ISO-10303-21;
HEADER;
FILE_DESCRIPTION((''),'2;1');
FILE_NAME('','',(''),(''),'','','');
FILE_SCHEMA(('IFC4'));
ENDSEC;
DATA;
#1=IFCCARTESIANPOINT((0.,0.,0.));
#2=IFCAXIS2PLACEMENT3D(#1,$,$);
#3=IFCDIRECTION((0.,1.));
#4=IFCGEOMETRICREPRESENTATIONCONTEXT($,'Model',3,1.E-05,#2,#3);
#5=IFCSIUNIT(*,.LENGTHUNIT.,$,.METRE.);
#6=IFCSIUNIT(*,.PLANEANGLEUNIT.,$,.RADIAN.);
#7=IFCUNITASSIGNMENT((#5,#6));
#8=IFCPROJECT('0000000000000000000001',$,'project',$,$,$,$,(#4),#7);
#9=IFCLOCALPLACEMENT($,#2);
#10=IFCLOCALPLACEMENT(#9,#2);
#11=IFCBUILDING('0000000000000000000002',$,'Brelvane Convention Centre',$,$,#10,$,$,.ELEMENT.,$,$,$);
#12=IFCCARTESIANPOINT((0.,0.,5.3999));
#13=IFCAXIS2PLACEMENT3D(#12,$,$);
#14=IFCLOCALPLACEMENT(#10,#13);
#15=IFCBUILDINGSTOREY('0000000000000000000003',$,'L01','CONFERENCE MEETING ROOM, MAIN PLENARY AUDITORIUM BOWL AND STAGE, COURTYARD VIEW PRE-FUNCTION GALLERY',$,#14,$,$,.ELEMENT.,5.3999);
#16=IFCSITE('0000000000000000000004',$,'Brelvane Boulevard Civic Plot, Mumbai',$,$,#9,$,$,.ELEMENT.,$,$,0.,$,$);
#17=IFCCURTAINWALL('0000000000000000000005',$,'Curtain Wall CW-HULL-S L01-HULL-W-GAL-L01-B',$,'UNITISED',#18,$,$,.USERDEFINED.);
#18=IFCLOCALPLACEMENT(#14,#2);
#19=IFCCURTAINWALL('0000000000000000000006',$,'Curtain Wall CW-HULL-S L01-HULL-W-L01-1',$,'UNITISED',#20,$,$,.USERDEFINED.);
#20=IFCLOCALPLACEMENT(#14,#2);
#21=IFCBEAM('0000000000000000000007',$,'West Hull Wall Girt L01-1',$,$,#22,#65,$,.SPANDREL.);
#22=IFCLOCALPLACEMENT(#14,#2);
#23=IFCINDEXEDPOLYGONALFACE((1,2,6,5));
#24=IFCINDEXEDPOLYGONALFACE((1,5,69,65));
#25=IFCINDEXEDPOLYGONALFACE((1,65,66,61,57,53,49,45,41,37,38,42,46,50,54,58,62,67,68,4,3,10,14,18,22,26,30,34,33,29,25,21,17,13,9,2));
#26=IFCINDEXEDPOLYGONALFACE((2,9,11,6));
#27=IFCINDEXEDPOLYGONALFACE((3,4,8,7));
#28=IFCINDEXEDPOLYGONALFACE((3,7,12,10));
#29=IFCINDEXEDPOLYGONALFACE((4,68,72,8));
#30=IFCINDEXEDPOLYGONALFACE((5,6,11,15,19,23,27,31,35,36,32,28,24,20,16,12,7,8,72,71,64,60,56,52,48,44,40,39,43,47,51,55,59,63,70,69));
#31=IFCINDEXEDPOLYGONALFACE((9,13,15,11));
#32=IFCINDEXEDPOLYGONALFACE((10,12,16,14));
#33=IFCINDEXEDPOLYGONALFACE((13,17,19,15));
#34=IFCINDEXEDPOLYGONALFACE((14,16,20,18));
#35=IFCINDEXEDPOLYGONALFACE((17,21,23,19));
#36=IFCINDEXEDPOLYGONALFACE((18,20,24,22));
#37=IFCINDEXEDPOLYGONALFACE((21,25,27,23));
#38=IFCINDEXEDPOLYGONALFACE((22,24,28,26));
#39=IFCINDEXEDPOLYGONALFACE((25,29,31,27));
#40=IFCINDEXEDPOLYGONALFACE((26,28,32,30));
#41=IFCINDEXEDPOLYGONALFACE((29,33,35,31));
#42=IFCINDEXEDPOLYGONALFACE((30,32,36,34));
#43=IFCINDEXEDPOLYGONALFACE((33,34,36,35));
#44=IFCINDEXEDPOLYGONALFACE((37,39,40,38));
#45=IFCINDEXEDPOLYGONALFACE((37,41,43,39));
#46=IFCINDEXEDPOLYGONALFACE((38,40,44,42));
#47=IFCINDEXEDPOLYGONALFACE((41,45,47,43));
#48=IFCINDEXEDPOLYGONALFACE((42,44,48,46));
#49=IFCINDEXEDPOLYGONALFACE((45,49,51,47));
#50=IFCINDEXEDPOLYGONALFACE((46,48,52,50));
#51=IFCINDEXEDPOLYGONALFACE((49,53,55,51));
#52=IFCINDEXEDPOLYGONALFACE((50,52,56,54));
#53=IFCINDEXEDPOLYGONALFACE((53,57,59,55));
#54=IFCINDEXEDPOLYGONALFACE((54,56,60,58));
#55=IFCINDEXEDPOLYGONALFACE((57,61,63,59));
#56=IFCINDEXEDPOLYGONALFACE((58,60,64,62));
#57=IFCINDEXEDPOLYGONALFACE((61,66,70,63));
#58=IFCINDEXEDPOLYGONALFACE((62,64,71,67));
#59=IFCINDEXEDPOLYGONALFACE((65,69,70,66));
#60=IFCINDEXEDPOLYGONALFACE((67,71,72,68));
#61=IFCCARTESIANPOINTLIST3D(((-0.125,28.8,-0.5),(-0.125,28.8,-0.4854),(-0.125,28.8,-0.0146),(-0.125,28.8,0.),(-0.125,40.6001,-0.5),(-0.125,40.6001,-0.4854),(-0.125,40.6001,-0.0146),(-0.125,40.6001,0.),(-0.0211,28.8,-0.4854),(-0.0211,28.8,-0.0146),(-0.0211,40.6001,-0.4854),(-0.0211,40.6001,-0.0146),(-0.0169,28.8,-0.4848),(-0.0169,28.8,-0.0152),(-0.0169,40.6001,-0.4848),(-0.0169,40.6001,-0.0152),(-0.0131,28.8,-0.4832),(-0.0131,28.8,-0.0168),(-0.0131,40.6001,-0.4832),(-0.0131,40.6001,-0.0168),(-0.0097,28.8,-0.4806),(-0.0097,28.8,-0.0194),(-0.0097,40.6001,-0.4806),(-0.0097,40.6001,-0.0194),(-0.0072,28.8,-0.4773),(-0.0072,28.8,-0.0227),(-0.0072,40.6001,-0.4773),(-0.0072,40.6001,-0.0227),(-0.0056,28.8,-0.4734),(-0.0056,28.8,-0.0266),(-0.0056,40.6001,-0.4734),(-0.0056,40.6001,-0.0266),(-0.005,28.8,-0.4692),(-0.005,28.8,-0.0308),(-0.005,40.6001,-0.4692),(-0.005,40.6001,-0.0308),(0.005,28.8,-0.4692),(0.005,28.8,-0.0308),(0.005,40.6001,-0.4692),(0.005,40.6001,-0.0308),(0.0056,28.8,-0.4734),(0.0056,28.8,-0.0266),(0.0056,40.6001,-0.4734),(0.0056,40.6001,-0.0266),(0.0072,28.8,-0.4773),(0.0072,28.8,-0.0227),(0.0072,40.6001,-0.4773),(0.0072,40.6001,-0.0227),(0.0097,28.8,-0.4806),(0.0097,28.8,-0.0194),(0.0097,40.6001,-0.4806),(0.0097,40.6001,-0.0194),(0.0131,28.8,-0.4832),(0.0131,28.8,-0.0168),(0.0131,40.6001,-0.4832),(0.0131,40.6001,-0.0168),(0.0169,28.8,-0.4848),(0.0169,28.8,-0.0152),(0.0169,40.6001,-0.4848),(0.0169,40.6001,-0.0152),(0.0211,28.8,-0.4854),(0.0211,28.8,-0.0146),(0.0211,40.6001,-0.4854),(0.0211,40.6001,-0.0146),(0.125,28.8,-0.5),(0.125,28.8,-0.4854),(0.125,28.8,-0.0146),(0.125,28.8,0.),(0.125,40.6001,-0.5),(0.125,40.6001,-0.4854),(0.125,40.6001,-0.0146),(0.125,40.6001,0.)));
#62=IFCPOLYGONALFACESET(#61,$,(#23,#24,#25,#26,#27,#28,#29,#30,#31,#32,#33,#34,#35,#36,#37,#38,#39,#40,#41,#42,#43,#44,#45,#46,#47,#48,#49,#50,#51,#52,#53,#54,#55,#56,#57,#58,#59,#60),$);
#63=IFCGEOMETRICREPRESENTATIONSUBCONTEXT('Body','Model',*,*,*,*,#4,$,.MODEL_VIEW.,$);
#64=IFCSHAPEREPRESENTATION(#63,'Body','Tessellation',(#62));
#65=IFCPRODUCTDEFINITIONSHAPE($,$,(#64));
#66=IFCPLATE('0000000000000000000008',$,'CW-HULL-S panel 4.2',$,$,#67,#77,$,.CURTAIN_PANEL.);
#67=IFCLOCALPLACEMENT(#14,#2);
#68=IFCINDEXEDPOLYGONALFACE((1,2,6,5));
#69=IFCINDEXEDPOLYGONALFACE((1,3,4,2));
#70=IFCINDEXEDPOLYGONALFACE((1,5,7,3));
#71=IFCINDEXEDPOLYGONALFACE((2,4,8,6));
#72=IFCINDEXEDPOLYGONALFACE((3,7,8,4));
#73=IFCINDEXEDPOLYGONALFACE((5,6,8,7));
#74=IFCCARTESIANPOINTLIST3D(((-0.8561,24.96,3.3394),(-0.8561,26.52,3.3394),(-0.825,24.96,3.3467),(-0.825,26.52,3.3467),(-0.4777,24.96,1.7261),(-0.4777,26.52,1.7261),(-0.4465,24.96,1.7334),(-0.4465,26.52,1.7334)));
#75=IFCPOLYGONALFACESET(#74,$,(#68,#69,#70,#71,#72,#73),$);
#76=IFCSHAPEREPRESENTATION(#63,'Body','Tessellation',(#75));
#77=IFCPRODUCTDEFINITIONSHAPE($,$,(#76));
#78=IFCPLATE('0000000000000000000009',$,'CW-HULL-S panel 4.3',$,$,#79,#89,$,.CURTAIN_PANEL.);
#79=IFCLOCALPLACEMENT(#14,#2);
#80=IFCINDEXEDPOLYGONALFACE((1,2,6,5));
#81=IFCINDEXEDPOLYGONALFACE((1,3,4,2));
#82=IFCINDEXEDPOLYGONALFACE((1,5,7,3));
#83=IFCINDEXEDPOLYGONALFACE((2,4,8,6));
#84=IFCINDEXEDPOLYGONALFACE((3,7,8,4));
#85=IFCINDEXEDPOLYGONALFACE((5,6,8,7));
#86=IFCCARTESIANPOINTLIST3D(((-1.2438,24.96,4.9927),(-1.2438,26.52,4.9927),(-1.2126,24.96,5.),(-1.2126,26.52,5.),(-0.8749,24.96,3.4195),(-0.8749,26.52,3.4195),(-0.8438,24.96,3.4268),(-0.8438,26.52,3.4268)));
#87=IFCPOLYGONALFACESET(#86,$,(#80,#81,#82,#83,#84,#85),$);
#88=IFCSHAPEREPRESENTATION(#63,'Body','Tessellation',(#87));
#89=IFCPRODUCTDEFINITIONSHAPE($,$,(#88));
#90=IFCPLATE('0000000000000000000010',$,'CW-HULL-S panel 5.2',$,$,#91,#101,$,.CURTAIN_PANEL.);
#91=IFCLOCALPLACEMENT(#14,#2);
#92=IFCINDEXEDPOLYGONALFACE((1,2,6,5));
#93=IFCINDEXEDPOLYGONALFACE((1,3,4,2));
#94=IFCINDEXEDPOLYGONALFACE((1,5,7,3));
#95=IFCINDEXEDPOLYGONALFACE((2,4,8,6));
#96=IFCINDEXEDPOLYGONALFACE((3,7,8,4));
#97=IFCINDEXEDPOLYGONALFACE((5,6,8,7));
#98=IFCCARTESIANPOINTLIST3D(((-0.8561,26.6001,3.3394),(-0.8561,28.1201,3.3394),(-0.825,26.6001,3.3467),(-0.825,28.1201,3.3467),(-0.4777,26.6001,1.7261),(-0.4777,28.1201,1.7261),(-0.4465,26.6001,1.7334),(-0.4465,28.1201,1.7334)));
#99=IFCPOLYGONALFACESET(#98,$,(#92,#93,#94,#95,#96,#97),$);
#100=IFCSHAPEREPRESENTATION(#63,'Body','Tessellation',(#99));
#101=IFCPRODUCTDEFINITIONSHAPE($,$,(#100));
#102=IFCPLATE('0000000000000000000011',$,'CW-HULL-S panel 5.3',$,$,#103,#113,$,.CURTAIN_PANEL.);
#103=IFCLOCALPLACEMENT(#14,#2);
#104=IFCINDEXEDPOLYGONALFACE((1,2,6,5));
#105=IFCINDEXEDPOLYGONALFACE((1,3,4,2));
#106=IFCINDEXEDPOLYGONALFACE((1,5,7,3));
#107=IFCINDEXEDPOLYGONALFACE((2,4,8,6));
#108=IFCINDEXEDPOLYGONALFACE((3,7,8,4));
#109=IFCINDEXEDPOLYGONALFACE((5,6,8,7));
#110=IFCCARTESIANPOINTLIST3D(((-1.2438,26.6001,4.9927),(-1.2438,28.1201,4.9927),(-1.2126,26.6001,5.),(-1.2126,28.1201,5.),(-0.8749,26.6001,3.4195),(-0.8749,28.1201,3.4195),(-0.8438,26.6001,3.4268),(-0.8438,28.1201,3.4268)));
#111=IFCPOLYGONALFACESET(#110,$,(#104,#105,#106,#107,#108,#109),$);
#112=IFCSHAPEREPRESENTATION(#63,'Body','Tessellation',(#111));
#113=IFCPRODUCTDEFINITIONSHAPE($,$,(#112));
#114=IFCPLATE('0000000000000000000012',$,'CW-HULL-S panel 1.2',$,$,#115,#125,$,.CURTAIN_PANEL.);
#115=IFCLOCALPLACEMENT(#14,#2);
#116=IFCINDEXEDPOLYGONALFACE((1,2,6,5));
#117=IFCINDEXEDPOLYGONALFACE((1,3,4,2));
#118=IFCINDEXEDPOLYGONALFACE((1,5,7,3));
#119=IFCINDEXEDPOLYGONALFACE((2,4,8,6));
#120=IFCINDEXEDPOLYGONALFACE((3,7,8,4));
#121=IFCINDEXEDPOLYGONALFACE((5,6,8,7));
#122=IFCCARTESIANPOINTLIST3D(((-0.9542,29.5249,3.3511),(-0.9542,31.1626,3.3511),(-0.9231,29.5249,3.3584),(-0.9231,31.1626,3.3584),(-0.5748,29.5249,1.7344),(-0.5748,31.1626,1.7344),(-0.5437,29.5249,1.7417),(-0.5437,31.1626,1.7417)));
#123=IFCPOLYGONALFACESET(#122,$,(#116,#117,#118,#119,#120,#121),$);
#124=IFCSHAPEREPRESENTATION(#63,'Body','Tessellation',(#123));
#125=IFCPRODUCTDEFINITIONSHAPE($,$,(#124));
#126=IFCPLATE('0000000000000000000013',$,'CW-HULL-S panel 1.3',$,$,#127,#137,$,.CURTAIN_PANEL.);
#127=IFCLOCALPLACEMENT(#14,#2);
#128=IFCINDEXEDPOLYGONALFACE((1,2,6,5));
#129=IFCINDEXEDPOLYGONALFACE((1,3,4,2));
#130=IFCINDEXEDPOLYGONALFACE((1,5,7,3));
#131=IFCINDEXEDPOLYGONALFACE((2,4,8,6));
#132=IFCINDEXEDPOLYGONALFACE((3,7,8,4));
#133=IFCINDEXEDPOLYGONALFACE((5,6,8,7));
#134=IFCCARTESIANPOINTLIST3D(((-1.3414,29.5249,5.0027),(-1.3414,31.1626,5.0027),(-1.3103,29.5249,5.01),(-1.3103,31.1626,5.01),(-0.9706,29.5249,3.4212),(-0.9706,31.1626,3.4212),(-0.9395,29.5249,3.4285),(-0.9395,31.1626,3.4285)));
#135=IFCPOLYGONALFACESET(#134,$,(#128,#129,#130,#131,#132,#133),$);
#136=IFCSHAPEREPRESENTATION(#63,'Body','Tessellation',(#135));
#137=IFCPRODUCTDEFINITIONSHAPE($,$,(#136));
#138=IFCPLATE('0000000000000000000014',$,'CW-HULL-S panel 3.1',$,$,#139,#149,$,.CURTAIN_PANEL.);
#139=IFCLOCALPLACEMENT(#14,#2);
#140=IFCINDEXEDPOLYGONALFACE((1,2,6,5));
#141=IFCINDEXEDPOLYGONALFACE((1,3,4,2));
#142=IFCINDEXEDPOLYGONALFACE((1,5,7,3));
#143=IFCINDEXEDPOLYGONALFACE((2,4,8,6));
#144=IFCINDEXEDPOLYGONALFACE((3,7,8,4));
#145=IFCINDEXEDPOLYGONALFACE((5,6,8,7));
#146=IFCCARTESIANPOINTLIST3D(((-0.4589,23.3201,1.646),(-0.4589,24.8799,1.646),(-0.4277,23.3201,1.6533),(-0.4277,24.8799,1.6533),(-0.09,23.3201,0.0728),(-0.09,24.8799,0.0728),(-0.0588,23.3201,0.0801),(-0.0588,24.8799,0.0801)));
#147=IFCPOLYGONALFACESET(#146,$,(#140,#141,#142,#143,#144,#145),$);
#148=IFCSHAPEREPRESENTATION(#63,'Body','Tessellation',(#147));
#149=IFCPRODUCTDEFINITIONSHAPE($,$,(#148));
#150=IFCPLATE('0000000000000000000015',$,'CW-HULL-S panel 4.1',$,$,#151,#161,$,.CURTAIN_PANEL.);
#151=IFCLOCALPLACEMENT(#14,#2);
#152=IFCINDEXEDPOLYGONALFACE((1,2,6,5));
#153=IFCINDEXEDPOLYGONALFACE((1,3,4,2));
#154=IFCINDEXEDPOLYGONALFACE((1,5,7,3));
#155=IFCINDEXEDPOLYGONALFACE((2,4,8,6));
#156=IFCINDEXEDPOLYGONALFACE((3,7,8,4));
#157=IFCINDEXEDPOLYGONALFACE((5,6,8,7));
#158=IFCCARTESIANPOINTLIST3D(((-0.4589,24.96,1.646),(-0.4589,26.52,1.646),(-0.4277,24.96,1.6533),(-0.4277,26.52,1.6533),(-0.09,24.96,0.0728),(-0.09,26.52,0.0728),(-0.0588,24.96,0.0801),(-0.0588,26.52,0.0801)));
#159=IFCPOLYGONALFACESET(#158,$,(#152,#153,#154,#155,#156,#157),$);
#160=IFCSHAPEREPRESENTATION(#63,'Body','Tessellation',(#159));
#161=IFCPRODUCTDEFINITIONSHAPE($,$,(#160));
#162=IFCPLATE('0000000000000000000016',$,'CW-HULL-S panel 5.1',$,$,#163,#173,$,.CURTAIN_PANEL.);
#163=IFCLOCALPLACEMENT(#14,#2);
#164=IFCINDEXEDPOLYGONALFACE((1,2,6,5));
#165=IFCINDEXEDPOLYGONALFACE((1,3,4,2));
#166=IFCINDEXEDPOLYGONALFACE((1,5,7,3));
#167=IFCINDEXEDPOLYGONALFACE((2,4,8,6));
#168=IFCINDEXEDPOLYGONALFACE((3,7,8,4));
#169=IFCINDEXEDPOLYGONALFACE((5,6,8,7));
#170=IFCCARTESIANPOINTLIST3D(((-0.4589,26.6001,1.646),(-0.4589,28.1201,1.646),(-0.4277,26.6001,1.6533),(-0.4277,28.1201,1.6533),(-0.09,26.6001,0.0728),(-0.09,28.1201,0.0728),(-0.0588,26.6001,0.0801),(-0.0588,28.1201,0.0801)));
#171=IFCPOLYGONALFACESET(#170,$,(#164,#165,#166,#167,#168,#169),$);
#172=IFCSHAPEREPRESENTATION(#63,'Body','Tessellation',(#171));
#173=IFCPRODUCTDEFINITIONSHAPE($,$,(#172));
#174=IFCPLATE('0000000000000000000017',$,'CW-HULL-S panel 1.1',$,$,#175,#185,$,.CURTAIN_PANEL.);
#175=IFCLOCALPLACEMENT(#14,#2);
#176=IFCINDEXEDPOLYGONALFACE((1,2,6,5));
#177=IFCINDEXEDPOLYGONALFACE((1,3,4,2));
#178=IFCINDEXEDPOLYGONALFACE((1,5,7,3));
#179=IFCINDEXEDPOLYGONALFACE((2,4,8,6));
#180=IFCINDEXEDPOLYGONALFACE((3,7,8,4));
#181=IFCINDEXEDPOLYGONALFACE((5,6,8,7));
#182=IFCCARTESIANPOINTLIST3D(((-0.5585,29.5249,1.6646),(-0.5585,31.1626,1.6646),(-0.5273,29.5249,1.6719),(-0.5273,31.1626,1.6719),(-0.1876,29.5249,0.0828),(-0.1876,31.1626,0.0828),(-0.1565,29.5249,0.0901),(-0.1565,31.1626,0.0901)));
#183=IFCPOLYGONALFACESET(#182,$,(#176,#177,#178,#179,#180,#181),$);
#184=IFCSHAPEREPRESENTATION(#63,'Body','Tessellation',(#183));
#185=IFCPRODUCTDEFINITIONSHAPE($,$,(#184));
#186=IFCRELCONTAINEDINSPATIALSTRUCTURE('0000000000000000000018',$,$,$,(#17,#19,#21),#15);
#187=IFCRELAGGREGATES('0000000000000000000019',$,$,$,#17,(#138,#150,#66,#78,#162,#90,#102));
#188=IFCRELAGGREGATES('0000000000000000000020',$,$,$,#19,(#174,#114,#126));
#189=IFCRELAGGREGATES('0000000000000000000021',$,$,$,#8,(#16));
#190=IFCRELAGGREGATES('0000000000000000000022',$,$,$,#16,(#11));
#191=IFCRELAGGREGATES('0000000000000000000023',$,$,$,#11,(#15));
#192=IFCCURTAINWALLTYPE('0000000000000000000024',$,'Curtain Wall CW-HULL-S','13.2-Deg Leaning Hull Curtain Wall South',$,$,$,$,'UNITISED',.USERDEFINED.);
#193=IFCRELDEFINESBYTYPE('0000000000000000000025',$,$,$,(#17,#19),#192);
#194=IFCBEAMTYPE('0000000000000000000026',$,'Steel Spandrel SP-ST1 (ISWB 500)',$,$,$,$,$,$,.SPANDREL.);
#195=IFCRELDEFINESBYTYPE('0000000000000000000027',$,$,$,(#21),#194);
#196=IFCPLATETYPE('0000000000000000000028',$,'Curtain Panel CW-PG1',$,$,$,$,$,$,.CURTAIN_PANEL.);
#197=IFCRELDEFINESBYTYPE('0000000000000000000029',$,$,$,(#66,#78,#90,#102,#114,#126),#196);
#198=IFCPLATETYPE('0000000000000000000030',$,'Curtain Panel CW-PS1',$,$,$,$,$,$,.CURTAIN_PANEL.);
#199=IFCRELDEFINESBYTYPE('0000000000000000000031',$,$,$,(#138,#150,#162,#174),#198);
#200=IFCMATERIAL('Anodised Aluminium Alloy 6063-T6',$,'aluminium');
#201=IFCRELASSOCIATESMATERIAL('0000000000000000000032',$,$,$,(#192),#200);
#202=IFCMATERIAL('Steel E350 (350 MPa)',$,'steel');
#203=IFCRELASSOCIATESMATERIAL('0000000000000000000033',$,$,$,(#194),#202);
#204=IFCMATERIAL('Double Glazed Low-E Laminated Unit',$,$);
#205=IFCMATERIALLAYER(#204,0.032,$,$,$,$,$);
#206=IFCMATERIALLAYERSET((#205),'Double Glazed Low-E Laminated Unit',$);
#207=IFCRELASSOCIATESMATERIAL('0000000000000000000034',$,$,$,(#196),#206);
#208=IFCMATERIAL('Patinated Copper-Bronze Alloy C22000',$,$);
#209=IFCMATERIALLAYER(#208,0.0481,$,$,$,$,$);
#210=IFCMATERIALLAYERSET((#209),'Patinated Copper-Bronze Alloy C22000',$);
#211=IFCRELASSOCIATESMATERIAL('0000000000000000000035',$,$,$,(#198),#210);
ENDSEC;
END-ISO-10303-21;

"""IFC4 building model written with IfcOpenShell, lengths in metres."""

from ifc_helpers import new_model, si_unit, direction, frame, origin, origin_2d, place, context, subcontext, project, spatial, polyline, i_section, outline, extrude, material, layer, layer_set, material_profile, profile_set, type_object, element, aggregate, save


model = new_model("IFC4")

# Units and contexts
model_context = context("Model", 3, precision=1e-05, world=origin(), true_north=direction((0.0, 1.0)))
body_context = subcontext(model_context, "Body", "Model", "MODEL_VIEW")
ifc_project = project(units=[si_unit("LENGTHUNIT", "METRE"), si_unit("PLANEANGLEUNIT", "RADIAN")], contexts=[model_context])

# Site, building, storey
site_placement = place(None, origin())
site = spatial("IfcSite", under=ifc_project, at=site_placement, Name="Brelvane Boulevard Civic Plot, Mumbai", CompositionType="ELEMENT", RefElevation=0.0)
building_placement = place(site_placement, origin())
building = spatial("IfcBuilding", under=site, at=building_placement, Name="Brelvane Convention Centre", CompositionType="ELEMENT")
storey_placement = place(building_placement, frame((0.0, 0.0, 5.3999)))
storey = spatial("IfcBuildingStorey", under=building, at=storey_placement, Name="L01", Description="CONFERENCE MEETING ROOM, MAIN PLENARY AUDITORIUM BOWL AND STAGE, COURTYARD VIEW PRE-FUNCTION GALLERY", CompositionType="ELEMENT", Elevation=5.3999)

# Curtain wall
ifc_material_1 = material(Name="Anodised Aluminium Alloy 6063-T6", Category="aluminium")
curtain_wall_type = type_object("IfcCurtainWallType", Name="Curtain Wall CW-HULL-S", Description="13.2-Deg Leaning Hull Curtain Wall South", ElementType="UNITISED", PredefinedType="USERDEFINED", material=ifc_material_1)
curtain_wall_1_placement = place(storey_placement, origin())
curtain_wall_1 = element("IfcCurtainWall", 1, at=curtain_wall_1_placement, inside=storey, type_object=curtain_wall_type, Name="Curtain Wall CW-HULL-S L01-HULL-W-GAL-L01-B", ObjectType="UNITISED", PredefinedType="USERDEFINED")

# Curtain wall
curtain_wall_2_placement = place(storey_placement, origin())
curtain_wall_2 = element("IfcCurtainWall", 2, at=curtain_wall_2_placement, inside=storey, type_object=curtain_wall_type, Name="Curtain Wall CW-HULL-S L01-HULL-W-L01-1", ObjectType="UNITISED", PredefinedType="USERDEFINED")

# Beam
ifc_material_2 = material(Name="Steel E350 (350 MPa)", Category="steel")
ifc_material_profile_1 = material_profile(ifc_material_2, i_section(OverallWidth=0.25, OverallDepth=0.5, WebThickness=0.01, FlangeThickness=0.0146, FilletRadius=0.0161, at=origin_2d()), Name="ISWB 500")
ifc_profile_set_1 = profile_set([ifc_material_profile_1], Name="Steel E350 (350 MPa)")
beam_type_1 = type_object("IfcBeamType", Name="Steel Spandrel SP-ST1 (ISWB 500)", PredefinedType="SPANDREL", material=ifc_profile_set_1)
beam_1_placement = place(storey_placement, frame((0.0, 28.8, -0.25), z_axis=(0.0, 1.0, 0.0), x_axis=(-1.0, 0.0, 0.0)))
element("IfcBeam", 3, at=beam_1_placement, inside=storey, type_object=beam_type_1, Name="West Hull Wall Girt L01-1", PredefinedType="SPANDREL", context=body_context, shape_type="SweptSolid", body=[
    extrude(i_section(OverallWidth=0.25, OverallDepth=0.5, WebThickness=0.01, FlangeThickness=0.0146, FilletRadius=0.0161, at=origin_2d()), origin(), (0.0, 0.0, 1.0), 11.8),
])

# Plates
ifc_material_3 = material(Name="Double Glazed Low-E Laminated Unit")
ifc_layer_1 = layer(ifc_material_3, 0.032)
ifc_layer_set_1 = layer_set([ifc_layer_1], Name="Double Glazed Low-E Laminated Unit")
plate_type_1 = type_object("IfcPlateType", Name="Curtain Panel CW-PG1", PredefinedType="CURTAIN_PANEL", material=ifc_layer_set_1)
plate_1_placement = place(storey_placement, frame((-0.4465, 24.96, 1.7334), z_axis=(0.973575, 0.0, 0.228366), x_axis=(0.0, 1.0, 0.0)))
plate_1 = element("IfcPlate", 4, at=plate_1_placement, type_object=plate_type_1, Name="CW-HULL-S panel 4.2", PredefinedType="CURTAIN_PANEL", context=body_context, shape_type="SweptSolid", body=[
    extrude(outline(polyline([(0.0, 0.0), (1.5601, 0.0), (1.5601, 1.6571), (0.0, 1.6571), (0.0, 0.0)])), origin(), (0.0, 0.0, -1.0), 0.032),
])
plate_2_placement = place(storey_placement, frame((-0.8438, 24.96, 3.4268), z_axis=(0.973593, 0.0, 0.22829), x_axis=(0.0, 1.0, 0.0)))
plate_2 = element("IfcPlate", 5, at=plate_2_placement, type_object=plate_type_1, Name="CW-HULL-S panel 4.3", PredefinedType="CURTAIN_PANEL", context=body_context, shape_type="SweptSolid", body=[
    extrude(outline(polyline([(0.0, 0.0), (1.5601, 0.0), (1.5601, 1.6159), (0.0, 1.6159), (0.0, 0.0)])), origin(), (0.0, 0.0, -1.0), 0.032),
])
plate_3_placement = place(storey_placement, frame((-0.4465, 26.6001, 1.7334), z_axis=(0.973575, 0.0, 0.228366), x_axis=(0.0, 1.0, 0.0)))
plate_3 = element("IfcPlate", 6, at=plate_3_placement, type_object=plate_type_1, Name="CW-HULL-S panel 5.2", PredefinedType="CURTAIN_PANEL", context=body_context, shape_type="SweptSolid", body=[
    extrude(outline(polyline([(0.0, 0.0), (1.52, 0.0), (1.52, 1.6571), (0.0, 1.6571), (0.0, 0.0)])), origin(), (0.0, 0.0, -1.0), 0.032),
])
plate_4_placement = place(storey_placement, frame((-0.8438, 26.6001, 3.4268), z_axis=(0.973593, 0.0, 0.22829), x_axis=(0.0, 1.0, 0.0)))
plate_4 = element("IfcPlate", 7, at=plate_4_placement, type_object=plate_type_1, Name="CW-HULL-S panel 5.3", PredefinedType="CURTAIN_PANEL", context=body_context, shape_type="SweptSolid", body=[
    extrude(outline(polyline([(0.0, 0.0), (1.52, 0.0), (1.52, 1.6159), (0.0, 1.6159), (0.0, 0.0)])), origin(), (0.0, 0.0, -1.0), 0.032),
])
plate_5_placement = place(storey_placement, frame((-0.5437, 29.5249, 1.7417), z_axis=(0.973552, 0.0, 0.228466), x_axis=(0.0, 1.0, 0.0)))
plate_5 = element("IfcPlate", 8, at=plate_5_placement, type_object=plate_type_1, Name="CW-HULL-S panel 1.2", PredefinedType="CURTAIN_PANEL", context=body_context, shape_type="SweptSolid", body=[
    extrude(outline(polyline([(0.0, 0.0), (1.6377, 0.0), (1.6377, 1.6606), (0.0, 1.6606), (0.0, 0.0)])), origin(), (0.0, 0.0, -1.0), 0.032),
])
plate_6_placement = place(storey_placement, frame((-0.9395, 29.5249, 3.4285), z_axis=(0.973592, 0.0, 0.228294), x_axis=(0.0, 1.0, 0.0)))
plate_6 = element("IfcPlate", 9, at=plate_6_placement, type_object=plate_type_1, Name="CW-HULL-S panel 1.3", PredefinedType="CURTAIN_PANEL", context=body_context, shape_type="SweptSolid", body=[
    extrude(outline(polyline([(0.0, 0.0), (1.6377, 0.0), (1.6377, 1.6244), (0.0, 1.6244), (0.0, 0.0)])), origin(), (0.0, 0.0, -1.0), 0.032),
])
ifc_material_4 = material(Name="Patinated Copper-Bronze Alloy C22000")
ifc_layer_2 = layer(ifc_material_4, 0.0481)
ifc_layer_set_2 = layer_set([ifc_layer_2], Name="Patinated Copper-Bronze Alloy C22000")
plate_type_2 = type_object("IfcPlateType", Name="Curtain Panel CW-PS1", PredefinedType="CURTAIN_PANEL", material=ifc_layer_set_2)
plate_7_placement = place(storey_placement, frame((-0.0588, 23.3201, 0.0801), z_axis=(0.973593, 0.0, 0.22829), x_axis=(0.0, 1.0, 0.0)))
plate_7 = element("IfcPlate", 10, at=plate_7_placement, type_object=plate_type_2, Name="CW-HULL-S panel 3.1", PredefinedType="CURTAIN_PANEL", context=body_context, shape_type="SweptSolid", body=[
    extrude(outline(polyline([(0.0, 0.0), (1.5598, 0.0), (1.5598, 1.6159), (0.0, 1.6159), (0.0, 0.0)])), origin(), (0.0, 0.0, -1.0), 0.032),
])
plate_8_placement = place(storey_placement, frame((-0.0588, 24.96, 0.0801), z_axis=(0.973593, 0.0, 0.22829), x_axis=(0.0, 1.0, 0.0)))
plate_8 = element("IfcPlate", 11, at=plate_8_placement, type_object=plate_type_2, Name="CW-HULL-S panel 4.1", PredefinedType="CURTAIN_PANEL", context=body_context, shape_type="SweptSolid", body=[
    extrude(outline(polyline([(0.0, 0.0), (1.5601, 0.0), (1.5601, 1.6159), (0.0, 1.6159), (0.0, 0.0)])), origin(), (0.0, 0.0, -1.0), 0.032),
])
plate_9_placement = place(storey_placement, frame((-0.0588, 26.6001, 0.0801), z_axis=(0.973593, 0.0, 0.22829), x_axis=(0.0, 1.0, 0.0)))
plate_9 = element("IfcPlate", 12, at=plate_9_placement, type_object=plate_type_2, Name="CW-HULL-S panel 5.1", PredefinedType="CURTAIN_PANEL", context=body_context, shape_type="SweptSolid", body=[
    extrude(outline(polyline([(0.0, 0.0), (1.52, 0.0), (1.52, 1.6159), (0.0, 1.6159), (0.0, 0.0)])), origin(), (0.0, 0.0, -1.0), 0.032),
])
aggregate(curtain_wall_1, [plate_7, plate_8, plate_1, plate_2, plate_9, plate_3, plate_4])
plate_10_placement = place(storey_placement, frame((-0.1565, 29.5249, 0.0901), z_axis=(0.9736, 0.0, 0.22826), x_axis=(0.0, 1.0, 0.0)))
plate_10 = element("IfcPlate", 13, at=plate_10_placement, type_object=plate_type_2, Name="CW-HULL-S panel 1.1", PredefinedType="CURTAIN_PANEL", context=body_context, shape_type="SweptSolid", body=[
    extrude(outline(polyline([(0.0, 0.0), (1.6377, 0.0), (1.6377, 1.6247), (0.0, 1.6247), (0.0, 0.0)])), origin(), (0.0, 0.0, -1.0), 0.032),
])
aggregate(curtain_wall_2, [plate_10, plate_5, plate_6])

save(model, "model.ifc")
